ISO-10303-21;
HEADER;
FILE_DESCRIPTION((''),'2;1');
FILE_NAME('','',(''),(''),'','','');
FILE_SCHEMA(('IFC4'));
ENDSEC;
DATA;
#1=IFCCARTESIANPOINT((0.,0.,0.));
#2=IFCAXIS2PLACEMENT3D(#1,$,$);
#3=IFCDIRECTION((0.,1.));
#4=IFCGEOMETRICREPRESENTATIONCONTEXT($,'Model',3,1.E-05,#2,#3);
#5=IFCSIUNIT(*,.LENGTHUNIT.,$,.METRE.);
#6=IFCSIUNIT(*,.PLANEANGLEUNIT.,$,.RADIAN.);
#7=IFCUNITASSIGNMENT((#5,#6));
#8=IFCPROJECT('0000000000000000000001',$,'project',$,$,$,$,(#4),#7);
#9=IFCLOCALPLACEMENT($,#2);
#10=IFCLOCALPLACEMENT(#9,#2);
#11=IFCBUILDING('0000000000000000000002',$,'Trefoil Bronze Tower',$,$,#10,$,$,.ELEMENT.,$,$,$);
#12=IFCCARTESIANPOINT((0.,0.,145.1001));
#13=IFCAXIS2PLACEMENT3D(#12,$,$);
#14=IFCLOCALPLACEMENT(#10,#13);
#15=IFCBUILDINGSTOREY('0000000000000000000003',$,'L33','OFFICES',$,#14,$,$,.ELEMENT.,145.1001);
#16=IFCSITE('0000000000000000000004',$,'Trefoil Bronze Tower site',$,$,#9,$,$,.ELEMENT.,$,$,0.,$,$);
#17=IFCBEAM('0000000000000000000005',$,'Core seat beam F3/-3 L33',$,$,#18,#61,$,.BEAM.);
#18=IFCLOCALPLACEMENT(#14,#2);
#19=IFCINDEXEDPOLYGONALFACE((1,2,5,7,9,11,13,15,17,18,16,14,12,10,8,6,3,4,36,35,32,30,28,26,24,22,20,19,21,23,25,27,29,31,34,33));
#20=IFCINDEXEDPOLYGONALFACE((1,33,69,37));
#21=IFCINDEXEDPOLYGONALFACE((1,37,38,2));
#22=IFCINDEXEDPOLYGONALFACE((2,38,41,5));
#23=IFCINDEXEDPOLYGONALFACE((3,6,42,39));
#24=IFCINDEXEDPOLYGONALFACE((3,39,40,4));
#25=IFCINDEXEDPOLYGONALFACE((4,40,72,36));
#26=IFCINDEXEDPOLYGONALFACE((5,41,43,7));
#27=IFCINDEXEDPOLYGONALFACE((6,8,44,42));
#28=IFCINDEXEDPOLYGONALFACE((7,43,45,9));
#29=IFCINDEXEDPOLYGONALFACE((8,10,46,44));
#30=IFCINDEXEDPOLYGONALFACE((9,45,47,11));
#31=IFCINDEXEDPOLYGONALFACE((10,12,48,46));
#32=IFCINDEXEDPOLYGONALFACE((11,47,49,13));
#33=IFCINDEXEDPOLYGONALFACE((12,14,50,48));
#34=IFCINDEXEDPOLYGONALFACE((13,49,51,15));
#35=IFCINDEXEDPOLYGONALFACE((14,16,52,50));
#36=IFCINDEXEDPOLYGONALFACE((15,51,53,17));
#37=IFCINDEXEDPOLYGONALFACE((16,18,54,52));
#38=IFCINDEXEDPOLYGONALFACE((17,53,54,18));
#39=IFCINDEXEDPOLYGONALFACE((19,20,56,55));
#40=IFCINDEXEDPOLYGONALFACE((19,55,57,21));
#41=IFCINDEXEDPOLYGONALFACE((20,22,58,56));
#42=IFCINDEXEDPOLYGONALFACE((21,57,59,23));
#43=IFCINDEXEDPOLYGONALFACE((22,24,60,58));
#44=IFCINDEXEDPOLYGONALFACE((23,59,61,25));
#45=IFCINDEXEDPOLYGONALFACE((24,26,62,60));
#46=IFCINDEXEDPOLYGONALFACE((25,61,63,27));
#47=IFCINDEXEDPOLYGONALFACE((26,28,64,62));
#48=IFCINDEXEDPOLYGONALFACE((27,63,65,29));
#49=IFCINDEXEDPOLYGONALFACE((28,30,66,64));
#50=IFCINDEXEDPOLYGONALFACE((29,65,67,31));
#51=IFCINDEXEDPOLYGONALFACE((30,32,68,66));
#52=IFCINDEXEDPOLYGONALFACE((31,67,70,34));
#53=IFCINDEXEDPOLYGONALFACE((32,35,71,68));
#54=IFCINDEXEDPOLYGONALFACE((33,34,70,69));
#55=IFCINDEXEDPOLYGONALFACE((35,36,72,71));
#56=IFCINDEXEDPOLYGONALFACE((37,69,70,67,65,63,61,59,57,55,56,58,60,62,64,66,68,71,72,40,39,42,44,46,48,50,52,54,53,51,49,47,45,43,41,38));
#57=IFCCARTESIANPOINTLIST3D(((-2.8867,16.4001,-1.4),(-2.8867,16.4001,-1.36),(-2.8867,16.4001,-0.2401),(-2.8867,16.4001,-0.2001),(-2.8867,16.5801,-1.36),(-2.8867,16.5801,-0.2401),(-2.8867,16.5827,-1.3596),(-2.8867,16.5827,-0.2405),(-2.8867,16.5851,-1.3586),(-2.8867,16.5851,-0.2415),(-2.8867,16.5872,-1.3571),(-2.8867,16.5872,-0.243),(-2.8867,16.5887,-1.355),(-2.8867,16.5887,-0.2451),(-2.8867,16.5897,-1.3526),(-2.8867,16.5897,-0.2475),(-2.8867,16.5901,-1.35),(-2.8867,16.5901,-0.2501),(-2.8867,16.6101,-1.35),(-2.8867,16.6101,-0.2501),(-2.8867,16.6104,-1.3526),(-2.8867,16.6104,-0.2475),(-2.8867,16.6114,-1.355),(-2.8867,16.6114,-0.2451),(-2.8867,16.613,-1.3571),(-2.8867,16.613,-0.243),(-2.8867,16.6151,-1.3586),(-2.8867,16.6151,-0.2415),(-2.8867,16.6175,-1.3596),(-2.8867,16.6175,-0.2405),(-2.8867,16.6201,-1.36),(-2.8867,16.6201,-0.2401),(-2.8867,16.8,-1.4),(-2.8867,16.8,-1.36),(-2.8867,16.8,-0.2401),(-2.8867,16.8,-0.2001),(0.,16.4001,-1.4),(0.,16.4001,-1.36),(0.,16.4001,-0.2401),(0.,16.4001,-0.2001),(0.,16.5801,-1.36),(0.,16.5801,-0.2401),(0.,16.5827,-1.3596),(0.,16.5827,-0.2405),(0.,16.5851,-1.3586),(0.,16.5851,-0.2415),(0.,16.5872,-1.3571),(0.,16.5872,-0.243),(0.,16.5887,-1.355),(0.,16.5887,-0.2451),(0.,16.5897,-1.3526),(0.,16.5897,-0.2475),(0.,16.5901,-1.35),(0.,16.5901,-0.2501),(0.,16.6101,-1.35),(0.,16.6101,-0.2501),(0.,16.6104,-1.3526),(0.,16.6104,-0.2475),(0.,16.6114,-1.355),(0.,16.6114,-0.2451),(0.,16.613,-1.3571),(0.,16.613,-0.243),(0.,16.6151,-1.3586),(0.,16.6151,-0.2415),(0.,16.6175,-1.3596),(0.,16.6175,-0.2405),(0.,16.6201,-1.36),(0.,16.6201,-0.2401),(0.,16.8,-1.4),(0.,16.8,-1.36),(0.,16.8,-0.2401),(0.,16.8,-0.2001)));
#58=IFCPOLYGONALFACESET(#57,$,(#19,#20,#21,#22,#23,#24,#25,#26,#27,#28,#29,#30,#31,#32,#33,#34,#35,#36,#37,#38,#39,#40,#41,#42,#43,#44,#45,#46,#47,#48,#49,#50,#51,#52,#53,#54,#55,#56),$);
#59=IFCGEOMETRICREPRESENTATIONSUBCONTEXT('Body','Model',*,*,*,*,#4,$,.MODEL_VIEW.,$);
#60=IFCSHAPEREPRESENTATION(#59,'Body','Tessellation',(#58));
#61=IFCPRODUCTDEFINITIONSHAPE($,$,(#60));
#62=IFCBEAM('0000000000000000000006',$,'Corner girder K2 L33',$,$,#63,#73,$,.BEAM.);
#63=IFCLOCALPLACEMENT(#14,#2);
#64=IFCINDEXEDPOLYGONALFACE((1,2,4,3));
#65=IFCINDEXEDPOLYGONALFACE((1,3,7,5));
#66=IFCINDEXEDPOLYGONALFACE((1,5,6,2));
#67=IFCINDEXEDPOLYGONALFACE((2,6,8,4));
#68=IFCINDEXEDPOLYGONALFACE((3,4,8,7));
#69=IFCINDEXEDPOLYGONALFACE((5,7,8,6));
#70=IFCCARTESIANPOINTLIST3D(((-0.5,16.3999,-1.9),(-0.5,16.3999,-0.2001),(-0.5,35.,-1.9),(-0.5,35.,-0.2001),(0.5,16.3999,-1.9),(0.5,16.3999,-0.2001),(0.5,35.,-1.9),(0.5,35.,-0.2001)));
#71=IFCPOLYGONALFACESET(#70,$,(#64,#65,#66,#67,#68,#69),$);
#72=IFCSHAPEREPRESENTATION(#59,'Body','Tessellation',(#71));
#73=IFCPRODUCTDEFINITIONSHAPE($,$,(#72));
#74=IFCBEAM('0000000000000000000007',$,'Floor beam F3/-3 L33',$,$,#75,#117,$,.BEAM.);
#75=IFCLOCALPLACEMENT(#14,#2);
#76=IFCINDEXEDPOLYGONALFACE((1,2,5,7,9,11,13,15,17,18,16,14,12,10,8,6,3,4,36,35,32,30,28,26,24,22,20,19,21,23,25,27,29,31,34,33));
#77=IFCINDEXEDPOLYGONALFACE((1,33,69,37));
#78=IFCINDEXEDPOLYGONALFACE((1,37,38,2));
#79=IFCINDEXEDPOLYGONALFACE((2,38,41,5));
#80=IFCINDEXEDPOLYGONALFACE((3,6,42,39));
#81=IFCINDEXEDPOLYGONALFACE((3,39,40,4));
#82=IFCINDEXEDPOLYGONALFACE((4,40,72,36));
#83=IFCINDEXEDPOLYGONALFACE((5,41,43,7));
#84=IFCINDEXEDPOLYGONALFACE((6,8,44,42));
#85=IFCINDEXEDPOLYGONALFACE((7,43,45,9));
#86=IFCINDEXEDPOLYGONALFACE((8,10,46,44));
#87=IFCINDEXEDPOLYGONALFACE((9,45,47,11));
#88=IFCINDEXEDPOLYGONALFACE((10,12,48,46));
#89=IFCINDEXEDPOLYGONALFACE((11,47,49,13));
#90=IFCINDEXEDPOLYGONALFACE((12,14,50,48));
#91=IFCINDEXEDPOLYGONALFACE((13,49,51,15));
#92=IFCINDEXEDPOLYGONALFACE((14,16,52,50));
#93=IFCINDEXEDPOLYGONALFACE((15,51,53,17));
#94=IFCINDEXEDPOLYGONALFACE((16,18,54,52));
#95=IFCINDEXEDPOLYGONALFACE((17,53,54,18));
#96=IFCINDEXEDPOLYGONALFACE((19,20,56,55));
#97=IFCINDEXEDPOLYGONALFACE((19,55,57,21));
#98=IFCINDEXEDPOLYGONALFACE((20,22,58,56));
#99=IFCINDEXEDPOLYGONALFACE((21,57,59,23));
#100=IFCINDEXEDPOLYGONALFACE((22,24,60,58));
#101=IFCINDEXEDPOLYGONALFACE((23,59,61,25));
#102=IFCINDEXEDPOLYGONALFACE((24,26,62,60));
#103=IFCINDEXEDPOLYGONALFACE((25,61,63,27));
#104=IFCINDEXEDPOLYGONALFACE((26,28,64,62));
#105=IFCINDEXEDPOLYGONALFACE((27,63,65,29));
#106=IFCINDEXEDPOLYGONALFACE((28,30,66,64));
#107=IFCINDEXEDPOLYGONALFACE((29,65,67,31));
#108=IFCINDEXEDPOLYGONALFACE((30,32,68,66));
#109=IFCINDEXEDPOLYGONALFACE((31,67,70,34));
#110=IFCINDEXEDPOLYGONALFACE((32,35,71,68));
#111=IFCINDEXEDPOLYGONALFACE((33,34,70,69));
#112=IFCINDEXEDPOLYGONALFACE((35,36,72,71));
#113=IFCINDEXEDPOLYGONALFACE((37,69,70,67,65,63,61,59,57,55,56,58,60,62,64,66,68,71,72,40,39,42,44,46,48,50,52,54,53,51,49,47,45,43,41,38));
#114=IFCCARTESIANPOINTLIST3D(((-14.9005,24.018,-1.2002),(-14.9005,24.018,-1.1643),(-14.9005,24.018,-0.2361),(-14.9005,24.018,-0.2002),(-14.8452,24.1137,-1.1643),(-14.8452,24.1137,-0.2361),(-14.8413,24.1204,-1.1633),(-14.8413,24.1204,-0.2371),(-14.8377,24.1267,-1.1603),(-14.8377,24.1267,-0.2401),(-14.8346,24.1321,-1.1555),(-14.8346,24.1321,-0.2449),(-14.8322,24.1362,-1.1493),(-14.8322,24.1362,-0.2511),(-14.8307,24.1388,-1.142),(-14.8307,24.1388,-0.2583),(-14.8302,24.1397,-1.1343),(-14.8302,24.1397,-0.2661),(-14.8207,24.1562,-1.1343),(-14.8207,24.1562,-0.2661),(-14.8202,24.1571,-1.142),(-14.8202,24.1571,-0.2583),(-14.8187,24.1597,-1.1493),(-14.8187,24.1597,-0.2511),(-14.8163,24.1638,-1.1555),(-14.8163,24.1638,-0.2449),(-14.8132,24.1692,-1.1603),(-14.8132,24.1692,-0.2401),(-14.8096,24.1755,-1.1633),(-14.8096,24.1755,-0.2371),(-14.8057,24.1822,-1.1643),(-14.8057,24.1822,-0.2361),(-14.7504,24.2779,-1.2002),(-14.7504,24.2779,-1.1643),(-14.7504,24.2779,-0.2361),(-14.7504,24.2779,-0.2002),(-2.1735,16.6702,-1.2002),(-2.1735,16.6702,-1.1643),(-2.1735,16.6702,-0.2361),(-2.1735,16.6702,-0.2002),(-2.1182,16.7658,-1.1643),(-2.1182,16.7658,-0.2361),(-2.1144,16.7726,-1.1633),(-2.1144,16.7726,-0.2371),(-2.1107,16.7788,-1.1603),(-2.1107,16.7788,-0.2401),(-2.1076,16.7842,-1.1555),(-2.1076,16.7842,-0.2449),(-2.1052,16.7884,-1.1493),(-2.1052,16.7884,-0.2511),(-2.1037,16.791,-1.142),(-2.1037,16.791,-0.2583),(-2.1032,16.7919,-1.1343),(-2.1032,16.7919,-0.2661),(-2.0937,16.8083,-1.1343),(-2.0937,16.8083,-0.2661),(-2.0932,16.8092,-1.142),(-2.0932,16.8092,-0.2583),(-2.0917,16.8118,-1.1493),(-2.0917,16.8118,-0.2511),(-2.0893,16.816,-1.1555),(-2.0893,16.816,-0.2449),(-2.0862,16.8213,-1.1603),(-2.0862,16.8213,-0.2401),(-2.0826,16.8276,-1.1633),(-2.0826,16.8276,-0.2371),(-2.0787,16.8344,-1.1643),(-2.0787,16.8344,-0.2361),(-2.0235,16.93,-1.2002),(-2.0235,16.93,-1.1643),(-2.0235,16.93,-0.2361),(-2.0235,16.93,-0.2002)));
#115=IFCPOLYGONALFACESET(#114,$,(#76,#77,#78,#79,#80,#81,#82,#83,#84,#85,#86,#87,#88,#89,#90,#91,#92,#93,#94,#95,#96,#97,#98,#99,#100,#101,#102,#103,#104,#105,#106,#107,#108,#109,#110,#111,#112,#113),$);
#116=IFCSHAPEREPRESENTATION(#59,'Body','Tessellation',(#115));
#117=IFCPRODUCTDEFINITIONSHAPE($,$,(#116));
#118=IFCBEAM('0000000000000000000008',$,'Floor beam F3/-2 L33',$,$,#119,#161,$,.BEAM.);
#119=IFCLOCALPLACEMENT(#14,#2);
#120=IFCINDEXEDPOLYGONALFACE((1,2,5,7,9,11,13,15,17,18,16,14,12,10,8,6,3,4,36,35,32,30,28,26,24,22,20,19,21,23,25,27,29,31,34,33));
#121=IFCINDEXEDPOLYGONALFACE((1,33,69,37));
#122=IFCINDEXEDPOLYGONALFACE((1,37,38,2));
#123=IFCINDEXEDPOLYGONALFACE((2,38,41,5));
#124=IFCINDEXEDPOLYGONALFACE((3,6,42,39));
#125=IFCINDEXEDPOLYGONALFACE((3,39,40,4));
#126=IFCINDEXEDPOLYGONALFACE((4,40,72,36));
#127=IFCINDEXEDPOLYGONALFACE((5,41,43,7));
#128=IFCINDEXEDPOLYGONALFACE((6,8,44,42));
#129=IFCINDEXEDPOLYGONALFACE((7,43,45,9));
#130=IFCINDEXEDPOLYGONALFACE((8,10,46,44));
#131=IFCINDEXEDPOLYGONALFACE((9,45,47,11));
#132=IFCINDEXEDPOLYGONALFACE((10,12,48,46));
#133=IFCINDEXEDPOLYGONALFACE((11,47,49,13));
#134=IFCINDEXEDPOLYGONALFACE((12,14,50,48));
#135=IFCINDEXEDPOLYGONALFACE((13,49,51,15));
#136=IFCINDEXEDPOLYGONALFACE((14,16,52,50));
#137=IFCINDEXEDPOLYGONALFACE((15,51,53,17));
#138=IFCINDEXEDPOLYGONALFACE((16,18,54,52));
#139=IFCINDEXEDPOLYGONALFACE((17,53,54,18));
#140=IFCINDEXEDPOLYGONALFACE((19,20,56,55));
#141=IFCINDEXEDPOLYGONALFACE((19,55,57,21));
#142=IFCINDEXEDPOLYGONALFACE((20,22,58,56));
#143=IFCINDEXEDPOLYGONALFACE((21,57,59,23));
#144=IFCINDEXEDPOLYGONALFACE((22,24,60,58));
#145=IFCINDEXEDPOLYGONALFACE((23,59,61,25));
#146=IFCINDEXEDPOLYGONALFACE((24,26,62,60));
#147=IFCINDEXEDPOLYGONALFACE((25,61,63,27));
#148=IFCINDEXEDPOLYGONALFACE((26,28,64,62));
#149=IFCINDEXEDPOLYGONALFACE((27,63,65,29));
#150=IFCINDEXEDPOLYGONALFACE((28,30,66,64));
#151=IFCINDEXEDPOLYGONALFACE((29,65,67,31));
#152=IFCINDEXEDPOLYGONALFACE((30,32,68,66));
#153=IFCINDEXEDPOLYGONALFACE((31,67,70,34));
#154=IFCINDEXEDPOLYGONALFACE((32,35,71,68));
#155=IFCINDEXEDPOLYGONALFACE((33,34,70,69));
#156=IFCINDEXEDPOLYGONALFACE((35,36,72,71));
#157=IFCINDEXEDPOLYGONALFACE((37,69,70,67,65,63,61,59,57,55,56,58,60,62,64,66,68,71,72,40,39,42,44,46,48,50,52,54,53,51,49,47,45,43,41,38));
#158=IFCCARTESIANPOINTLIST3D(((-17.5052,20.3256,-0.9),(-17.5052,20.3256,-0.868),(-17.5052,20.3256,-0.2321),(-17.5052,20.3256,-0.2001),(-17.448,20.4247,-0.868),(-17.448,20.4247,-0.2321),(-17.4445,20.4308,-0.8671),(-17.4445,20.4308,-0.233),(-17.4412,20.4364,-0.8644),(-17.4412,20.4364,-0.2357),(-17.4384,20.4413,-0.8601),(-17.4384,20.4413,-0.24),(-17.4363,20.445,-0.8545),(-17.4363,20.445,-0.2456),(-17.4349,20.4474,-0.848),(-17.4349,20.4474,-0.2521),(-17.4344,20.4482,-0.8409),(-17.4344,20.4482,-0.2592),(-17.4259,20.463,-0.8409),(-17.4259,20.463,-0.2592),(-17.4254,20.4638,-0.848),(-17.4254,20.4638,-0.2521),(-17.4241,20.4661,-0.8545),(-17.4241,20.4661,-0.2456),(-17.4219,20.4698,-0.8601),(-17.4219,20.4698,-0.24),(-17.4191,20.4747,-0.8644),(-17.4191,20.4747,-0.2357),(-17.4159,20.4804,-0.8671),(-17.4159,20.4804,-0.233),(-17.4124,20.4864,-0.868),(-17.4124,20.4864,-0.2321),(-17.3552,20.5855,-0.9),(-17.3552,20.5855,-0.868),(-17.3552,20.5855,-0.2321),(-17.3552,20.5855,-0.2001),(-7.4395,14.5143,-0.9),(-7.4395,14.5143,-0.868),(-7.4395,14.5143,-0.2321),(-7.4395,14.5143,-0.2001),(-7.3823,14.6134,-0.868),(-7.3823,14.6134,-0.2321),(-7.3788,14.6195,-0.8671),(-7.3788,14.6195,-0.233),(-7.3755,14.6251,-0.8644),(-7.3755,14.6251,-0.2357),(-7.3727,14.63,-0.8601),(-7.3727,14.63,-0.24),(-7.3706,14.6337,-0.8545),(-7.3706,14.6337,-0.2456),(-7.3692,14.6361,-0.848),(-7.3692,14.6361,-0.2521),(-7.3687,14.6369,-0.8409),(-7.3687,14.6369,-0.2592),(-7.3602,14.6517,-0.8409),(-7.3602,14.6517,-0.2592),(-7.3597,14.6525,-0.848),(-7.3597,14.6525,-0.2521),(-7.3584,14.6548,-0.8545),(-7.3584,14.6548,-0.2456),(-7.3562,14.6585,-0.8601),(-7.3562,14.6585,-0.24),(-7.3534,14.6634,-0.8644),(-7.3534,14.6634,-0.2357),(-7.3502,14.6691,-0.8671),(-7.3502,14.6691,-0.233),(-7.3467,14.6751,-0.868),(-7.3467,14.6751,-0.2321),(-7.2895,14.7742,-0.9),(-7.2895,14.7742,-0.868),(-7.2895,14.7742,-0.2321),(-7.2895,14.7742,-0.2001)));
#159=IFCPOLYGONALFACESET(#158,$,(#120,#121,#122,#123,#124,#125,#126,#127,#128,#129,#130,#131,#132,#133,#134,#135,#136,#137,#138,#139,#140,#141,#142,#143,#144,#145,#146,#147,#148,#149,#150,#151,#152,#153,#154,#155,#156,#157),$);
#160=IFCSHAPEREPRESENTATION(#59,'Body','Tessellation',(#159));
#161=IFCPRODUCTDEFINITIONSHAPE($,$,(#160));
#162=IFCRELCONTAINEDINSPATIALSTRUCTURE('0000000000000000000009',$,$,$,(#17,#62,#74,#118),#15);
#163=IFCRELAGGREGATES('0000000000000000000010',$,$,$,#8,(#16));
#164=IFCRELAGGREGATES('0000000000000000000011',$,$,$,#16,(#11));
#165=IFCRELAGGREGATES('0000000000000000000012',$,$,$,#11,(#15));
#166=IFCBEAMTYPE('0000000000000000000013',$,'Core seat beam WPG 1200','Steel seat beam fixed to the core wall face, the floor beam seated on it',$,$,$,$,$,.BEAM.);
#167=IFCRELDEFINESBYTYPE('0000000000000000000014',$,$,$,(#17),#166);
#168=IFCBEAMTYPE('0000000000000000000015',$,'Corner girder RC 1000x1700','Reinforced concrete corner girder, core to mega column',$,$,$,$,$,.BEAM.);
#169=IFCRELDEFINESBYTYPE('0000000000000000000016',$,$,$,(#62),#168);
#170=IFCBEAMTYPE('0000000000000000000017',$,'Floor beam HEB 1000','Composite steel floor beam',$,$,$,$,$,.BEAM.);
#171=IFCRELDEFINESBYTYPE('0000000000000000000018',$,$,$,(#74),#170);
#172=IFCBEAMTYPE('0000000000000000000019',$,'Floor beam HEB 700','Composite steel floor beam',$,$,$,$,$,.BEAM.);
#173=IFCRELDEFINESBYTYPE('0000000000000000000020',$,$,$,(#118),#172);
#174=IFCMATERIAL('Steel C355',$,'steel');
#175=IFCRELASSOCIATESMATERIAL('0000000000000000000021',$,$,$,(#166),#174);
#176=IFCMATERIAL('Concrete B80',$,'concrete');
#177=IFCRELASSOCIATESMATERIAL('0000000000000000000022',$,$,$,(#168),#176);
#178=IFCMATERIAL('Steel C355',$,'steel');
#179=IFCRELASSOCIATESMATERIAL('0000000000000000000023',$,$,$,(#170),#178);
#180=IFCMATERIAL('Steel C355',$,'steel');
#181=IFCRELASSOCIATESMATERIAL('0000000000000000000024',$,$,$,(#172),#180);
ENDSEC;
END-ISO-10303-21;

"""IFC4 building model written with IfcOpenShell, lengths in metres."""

from ifc_helpers import new_model, si_unit, direction, frame, origin, origin_2d, place, context, subcontext, project, spatial, rectangle, i_section, extrude, material, material_profile, profile_set, type_object, element, save


model = new_model("IFC4")

# Units and contexts
model_context = context("Model", 3, precision=1e-05, world=origin(), true_north=direction((0.0, 1.0)))
body_context = subcontext(model_context, "Body", "Model", "MODEL_VIEW")
ifc_project = project(units=[si_unit("LENGTHUNIT", "METRE"), si_unit("PLANEANGLEUNIT", "RADIAN")], contexts=[model_context])

# Site, building, storey
site_placement = place(None, origin())
site = spatial("IfcSite", under=ifc_project, at=site_placement, Name="Trefoil Bronze Tower site", CompositionType="ELEMENT", RefElevation=0.0)
building_placement = place(site_placement, origin())
building = spatial("IfcBuilding", under=site, at=building_placement, Name="Trefoil Bronze Tower", CompositionType="ELEMENT")
storey_placement = place(building_placement, frame((0.0, 0.0, 145.1001)))
storey = spatial("IfcBuildingStorey", under=building, at=storey_placement, Name="L33", Description="OFFICES", CompositionType="ELEMENT", Elevation=145.1001)

# Beams
ifc_material_1 = material(Name="Steel C355", Category="steel")
ifc_material_profile_1 = material_profile(ifc_material_1, i_section(OverallWidth=0.3999, OverallDepth=1.2, WebThickness=0.02, FlangeThickness=0.04, FilletRadius=0.01, at=origin_2d()), Name="WPG 1200")
ifc_profile_set_1 = profile_set([ifc_material_profile_1], Name="Steel C355")
beam_type_1 = type_object("IfcBeamType", Name="Core seat beam WPG 1200", Description="Steel seat beam fixed to the core wall face, the floor beam seated on it", PredefinedType="BEAM", material=ifc_profile_set_1)
beam_1_placement = place(storey_placement, frame((0.0, 16.6001, -0.8), z_axis=(-1.0, 0.0, 0.0), x_axis=(0.0, -1.0, 0.0)))
element("IfcBeam", 1, at=beam_1_placement, inside=storey, type_object=beam_type_1, Name="Core seat beam F3/-3 L33", PredefinedType="BEAM", context=body_context, shape_type="SweptSolid", body=[
    extrude(i_section(OverallWidth=0.3999, OverallDepth=1.2, WebThickness=0.02, FlangeThickness=0.04, FilletRadius=0.01, at=origin_2d()), origin(), (0.0, 0.0, 1.0), 2.8867),
])
ifc_material_2 = material(Name="Concrete B80", Category="concrete")
ifc_material_profile_2 = material_profile(ifc_material_2, rectangle(XDim=1.0, YDim=1.7, at=origin_2d()), Name="RC 1000x1700")
ifc_profile_set_2 = profile_set([ifc_material_profile_2], Name="Concrete B80")
beam_type_2 = type_object("IfcBeamType", Name="Corner girder RC 1000x1700", Description="Reinforced concrete corner girder, core to mega column", PredefinedType="BEAM", material=ifc_profile_set_2)
beam_2_placement = place(storey_placement, frame((0.0, 16.3999, -1.05), z_axis=(0.0, 1.0, 0.0), x_axis=(-1.0, 0.0, 0.0)))
element("IfcBeam", 2, at=beam_2_placement, inside=storey, type_object=beam_type_2, Name="Corner girder K2 L33", PredefinedType="BEAM", context=body_context, shape_type="SweptSolid", body=[
    extrude(rectangle(XDim=1.0, YDim=1.7, at=origin_2d()), origin(), (0.0, 0.0, 1.0), 18.6001),
])
ifc_material_3 = material(Name="Steel C355", Category="steel")
ifc_material_profile_3 = material_profile(ifc_material_3, i_section(OverallWidth=0.3, OverallDepth=1.0, WebThickness=0.019, FlangeThickness=0.0359, FilletRadius=0.03, at=origin_2d()), Name="HEB 1000")
ifc_profile_set_3 = profile_set([ifc_material_profile_3], Name="Steel C355")
beam_type_3 = type_object("IfcBeamType", Name="Floor beam HEB 1000", Description="Composite steel floor beam", PredefinedType="BEAM", material=ifc_profile_set_3)
beam_3_placement = place(storey_placement, frame((-14.8254, 24.1479, -0.7002), z_axis=(0.866027, -0.499997, 0.0), x_axis=(0.499997, 0.866027, 0.0)))
element("IfcBeam", 3, at=beam_3_placement, inside=storey, type_object=beam_type_3, Name="Floor beam F3/-3 L33", PredefinedType="BEAM", context=body_context, shape_type="SweptSolid", body=[
    extrude(i_section(OverallWidth=0.3, OverallDepth=1.0, WebThickness=0.019, FlangeThickness=0.0359, FilletRadius=0.03, at=origin_2d()), origin(), (0.0, 0.0, 1.0), 14.6958),
])
ifc_material_4 = material(Name="Steel C355", Category="steel")
ifc_material_profile_4 = material_profile(ifc_material_4, i_section(OverallWidth=0.3, OverallDepth=0.7, WebThickness=0.0171, FlangeThickness=0.032, FilletRadius=0.0271, at=origin_2d()), Name="HEB 700")
ifc_profile_set_4 = profile_set([ifc_material_profile_4], Name="Steel C355")
beam_type_4 = type_object("IfcBeamType", Name="Floor beam HEB 700", Description="Composite steel floor beam", PredefinedType="BEAM", material=ifc_profile_set_4)
beam_4_placement = place(storey_placement, frame((-17.4302, 20.4556, -0.55), z_axis=(0.866031, -0.499991, 0.0), x_axis=(0.499991, 0.866031, 0.0)))
element("IfcBeam", 4, at=beam_4_placement, inside=storey, type_object=beam_type_4, Name="Floor beam F3/-2 L33", PredefinedType="BEAM", context=body_context, shape_type="SweptSolid", body=[
    extrude(i_section(OverallWidth=0.3, OverallDepth=0.7, WebThickness=0.0171, FlangeThickness=0.032, FilletRadius=0.0271, at=origin_2d()), origin(), (0.0, 0.0, 1.0), 11.6228),
])

save(model, "model.ifc")
